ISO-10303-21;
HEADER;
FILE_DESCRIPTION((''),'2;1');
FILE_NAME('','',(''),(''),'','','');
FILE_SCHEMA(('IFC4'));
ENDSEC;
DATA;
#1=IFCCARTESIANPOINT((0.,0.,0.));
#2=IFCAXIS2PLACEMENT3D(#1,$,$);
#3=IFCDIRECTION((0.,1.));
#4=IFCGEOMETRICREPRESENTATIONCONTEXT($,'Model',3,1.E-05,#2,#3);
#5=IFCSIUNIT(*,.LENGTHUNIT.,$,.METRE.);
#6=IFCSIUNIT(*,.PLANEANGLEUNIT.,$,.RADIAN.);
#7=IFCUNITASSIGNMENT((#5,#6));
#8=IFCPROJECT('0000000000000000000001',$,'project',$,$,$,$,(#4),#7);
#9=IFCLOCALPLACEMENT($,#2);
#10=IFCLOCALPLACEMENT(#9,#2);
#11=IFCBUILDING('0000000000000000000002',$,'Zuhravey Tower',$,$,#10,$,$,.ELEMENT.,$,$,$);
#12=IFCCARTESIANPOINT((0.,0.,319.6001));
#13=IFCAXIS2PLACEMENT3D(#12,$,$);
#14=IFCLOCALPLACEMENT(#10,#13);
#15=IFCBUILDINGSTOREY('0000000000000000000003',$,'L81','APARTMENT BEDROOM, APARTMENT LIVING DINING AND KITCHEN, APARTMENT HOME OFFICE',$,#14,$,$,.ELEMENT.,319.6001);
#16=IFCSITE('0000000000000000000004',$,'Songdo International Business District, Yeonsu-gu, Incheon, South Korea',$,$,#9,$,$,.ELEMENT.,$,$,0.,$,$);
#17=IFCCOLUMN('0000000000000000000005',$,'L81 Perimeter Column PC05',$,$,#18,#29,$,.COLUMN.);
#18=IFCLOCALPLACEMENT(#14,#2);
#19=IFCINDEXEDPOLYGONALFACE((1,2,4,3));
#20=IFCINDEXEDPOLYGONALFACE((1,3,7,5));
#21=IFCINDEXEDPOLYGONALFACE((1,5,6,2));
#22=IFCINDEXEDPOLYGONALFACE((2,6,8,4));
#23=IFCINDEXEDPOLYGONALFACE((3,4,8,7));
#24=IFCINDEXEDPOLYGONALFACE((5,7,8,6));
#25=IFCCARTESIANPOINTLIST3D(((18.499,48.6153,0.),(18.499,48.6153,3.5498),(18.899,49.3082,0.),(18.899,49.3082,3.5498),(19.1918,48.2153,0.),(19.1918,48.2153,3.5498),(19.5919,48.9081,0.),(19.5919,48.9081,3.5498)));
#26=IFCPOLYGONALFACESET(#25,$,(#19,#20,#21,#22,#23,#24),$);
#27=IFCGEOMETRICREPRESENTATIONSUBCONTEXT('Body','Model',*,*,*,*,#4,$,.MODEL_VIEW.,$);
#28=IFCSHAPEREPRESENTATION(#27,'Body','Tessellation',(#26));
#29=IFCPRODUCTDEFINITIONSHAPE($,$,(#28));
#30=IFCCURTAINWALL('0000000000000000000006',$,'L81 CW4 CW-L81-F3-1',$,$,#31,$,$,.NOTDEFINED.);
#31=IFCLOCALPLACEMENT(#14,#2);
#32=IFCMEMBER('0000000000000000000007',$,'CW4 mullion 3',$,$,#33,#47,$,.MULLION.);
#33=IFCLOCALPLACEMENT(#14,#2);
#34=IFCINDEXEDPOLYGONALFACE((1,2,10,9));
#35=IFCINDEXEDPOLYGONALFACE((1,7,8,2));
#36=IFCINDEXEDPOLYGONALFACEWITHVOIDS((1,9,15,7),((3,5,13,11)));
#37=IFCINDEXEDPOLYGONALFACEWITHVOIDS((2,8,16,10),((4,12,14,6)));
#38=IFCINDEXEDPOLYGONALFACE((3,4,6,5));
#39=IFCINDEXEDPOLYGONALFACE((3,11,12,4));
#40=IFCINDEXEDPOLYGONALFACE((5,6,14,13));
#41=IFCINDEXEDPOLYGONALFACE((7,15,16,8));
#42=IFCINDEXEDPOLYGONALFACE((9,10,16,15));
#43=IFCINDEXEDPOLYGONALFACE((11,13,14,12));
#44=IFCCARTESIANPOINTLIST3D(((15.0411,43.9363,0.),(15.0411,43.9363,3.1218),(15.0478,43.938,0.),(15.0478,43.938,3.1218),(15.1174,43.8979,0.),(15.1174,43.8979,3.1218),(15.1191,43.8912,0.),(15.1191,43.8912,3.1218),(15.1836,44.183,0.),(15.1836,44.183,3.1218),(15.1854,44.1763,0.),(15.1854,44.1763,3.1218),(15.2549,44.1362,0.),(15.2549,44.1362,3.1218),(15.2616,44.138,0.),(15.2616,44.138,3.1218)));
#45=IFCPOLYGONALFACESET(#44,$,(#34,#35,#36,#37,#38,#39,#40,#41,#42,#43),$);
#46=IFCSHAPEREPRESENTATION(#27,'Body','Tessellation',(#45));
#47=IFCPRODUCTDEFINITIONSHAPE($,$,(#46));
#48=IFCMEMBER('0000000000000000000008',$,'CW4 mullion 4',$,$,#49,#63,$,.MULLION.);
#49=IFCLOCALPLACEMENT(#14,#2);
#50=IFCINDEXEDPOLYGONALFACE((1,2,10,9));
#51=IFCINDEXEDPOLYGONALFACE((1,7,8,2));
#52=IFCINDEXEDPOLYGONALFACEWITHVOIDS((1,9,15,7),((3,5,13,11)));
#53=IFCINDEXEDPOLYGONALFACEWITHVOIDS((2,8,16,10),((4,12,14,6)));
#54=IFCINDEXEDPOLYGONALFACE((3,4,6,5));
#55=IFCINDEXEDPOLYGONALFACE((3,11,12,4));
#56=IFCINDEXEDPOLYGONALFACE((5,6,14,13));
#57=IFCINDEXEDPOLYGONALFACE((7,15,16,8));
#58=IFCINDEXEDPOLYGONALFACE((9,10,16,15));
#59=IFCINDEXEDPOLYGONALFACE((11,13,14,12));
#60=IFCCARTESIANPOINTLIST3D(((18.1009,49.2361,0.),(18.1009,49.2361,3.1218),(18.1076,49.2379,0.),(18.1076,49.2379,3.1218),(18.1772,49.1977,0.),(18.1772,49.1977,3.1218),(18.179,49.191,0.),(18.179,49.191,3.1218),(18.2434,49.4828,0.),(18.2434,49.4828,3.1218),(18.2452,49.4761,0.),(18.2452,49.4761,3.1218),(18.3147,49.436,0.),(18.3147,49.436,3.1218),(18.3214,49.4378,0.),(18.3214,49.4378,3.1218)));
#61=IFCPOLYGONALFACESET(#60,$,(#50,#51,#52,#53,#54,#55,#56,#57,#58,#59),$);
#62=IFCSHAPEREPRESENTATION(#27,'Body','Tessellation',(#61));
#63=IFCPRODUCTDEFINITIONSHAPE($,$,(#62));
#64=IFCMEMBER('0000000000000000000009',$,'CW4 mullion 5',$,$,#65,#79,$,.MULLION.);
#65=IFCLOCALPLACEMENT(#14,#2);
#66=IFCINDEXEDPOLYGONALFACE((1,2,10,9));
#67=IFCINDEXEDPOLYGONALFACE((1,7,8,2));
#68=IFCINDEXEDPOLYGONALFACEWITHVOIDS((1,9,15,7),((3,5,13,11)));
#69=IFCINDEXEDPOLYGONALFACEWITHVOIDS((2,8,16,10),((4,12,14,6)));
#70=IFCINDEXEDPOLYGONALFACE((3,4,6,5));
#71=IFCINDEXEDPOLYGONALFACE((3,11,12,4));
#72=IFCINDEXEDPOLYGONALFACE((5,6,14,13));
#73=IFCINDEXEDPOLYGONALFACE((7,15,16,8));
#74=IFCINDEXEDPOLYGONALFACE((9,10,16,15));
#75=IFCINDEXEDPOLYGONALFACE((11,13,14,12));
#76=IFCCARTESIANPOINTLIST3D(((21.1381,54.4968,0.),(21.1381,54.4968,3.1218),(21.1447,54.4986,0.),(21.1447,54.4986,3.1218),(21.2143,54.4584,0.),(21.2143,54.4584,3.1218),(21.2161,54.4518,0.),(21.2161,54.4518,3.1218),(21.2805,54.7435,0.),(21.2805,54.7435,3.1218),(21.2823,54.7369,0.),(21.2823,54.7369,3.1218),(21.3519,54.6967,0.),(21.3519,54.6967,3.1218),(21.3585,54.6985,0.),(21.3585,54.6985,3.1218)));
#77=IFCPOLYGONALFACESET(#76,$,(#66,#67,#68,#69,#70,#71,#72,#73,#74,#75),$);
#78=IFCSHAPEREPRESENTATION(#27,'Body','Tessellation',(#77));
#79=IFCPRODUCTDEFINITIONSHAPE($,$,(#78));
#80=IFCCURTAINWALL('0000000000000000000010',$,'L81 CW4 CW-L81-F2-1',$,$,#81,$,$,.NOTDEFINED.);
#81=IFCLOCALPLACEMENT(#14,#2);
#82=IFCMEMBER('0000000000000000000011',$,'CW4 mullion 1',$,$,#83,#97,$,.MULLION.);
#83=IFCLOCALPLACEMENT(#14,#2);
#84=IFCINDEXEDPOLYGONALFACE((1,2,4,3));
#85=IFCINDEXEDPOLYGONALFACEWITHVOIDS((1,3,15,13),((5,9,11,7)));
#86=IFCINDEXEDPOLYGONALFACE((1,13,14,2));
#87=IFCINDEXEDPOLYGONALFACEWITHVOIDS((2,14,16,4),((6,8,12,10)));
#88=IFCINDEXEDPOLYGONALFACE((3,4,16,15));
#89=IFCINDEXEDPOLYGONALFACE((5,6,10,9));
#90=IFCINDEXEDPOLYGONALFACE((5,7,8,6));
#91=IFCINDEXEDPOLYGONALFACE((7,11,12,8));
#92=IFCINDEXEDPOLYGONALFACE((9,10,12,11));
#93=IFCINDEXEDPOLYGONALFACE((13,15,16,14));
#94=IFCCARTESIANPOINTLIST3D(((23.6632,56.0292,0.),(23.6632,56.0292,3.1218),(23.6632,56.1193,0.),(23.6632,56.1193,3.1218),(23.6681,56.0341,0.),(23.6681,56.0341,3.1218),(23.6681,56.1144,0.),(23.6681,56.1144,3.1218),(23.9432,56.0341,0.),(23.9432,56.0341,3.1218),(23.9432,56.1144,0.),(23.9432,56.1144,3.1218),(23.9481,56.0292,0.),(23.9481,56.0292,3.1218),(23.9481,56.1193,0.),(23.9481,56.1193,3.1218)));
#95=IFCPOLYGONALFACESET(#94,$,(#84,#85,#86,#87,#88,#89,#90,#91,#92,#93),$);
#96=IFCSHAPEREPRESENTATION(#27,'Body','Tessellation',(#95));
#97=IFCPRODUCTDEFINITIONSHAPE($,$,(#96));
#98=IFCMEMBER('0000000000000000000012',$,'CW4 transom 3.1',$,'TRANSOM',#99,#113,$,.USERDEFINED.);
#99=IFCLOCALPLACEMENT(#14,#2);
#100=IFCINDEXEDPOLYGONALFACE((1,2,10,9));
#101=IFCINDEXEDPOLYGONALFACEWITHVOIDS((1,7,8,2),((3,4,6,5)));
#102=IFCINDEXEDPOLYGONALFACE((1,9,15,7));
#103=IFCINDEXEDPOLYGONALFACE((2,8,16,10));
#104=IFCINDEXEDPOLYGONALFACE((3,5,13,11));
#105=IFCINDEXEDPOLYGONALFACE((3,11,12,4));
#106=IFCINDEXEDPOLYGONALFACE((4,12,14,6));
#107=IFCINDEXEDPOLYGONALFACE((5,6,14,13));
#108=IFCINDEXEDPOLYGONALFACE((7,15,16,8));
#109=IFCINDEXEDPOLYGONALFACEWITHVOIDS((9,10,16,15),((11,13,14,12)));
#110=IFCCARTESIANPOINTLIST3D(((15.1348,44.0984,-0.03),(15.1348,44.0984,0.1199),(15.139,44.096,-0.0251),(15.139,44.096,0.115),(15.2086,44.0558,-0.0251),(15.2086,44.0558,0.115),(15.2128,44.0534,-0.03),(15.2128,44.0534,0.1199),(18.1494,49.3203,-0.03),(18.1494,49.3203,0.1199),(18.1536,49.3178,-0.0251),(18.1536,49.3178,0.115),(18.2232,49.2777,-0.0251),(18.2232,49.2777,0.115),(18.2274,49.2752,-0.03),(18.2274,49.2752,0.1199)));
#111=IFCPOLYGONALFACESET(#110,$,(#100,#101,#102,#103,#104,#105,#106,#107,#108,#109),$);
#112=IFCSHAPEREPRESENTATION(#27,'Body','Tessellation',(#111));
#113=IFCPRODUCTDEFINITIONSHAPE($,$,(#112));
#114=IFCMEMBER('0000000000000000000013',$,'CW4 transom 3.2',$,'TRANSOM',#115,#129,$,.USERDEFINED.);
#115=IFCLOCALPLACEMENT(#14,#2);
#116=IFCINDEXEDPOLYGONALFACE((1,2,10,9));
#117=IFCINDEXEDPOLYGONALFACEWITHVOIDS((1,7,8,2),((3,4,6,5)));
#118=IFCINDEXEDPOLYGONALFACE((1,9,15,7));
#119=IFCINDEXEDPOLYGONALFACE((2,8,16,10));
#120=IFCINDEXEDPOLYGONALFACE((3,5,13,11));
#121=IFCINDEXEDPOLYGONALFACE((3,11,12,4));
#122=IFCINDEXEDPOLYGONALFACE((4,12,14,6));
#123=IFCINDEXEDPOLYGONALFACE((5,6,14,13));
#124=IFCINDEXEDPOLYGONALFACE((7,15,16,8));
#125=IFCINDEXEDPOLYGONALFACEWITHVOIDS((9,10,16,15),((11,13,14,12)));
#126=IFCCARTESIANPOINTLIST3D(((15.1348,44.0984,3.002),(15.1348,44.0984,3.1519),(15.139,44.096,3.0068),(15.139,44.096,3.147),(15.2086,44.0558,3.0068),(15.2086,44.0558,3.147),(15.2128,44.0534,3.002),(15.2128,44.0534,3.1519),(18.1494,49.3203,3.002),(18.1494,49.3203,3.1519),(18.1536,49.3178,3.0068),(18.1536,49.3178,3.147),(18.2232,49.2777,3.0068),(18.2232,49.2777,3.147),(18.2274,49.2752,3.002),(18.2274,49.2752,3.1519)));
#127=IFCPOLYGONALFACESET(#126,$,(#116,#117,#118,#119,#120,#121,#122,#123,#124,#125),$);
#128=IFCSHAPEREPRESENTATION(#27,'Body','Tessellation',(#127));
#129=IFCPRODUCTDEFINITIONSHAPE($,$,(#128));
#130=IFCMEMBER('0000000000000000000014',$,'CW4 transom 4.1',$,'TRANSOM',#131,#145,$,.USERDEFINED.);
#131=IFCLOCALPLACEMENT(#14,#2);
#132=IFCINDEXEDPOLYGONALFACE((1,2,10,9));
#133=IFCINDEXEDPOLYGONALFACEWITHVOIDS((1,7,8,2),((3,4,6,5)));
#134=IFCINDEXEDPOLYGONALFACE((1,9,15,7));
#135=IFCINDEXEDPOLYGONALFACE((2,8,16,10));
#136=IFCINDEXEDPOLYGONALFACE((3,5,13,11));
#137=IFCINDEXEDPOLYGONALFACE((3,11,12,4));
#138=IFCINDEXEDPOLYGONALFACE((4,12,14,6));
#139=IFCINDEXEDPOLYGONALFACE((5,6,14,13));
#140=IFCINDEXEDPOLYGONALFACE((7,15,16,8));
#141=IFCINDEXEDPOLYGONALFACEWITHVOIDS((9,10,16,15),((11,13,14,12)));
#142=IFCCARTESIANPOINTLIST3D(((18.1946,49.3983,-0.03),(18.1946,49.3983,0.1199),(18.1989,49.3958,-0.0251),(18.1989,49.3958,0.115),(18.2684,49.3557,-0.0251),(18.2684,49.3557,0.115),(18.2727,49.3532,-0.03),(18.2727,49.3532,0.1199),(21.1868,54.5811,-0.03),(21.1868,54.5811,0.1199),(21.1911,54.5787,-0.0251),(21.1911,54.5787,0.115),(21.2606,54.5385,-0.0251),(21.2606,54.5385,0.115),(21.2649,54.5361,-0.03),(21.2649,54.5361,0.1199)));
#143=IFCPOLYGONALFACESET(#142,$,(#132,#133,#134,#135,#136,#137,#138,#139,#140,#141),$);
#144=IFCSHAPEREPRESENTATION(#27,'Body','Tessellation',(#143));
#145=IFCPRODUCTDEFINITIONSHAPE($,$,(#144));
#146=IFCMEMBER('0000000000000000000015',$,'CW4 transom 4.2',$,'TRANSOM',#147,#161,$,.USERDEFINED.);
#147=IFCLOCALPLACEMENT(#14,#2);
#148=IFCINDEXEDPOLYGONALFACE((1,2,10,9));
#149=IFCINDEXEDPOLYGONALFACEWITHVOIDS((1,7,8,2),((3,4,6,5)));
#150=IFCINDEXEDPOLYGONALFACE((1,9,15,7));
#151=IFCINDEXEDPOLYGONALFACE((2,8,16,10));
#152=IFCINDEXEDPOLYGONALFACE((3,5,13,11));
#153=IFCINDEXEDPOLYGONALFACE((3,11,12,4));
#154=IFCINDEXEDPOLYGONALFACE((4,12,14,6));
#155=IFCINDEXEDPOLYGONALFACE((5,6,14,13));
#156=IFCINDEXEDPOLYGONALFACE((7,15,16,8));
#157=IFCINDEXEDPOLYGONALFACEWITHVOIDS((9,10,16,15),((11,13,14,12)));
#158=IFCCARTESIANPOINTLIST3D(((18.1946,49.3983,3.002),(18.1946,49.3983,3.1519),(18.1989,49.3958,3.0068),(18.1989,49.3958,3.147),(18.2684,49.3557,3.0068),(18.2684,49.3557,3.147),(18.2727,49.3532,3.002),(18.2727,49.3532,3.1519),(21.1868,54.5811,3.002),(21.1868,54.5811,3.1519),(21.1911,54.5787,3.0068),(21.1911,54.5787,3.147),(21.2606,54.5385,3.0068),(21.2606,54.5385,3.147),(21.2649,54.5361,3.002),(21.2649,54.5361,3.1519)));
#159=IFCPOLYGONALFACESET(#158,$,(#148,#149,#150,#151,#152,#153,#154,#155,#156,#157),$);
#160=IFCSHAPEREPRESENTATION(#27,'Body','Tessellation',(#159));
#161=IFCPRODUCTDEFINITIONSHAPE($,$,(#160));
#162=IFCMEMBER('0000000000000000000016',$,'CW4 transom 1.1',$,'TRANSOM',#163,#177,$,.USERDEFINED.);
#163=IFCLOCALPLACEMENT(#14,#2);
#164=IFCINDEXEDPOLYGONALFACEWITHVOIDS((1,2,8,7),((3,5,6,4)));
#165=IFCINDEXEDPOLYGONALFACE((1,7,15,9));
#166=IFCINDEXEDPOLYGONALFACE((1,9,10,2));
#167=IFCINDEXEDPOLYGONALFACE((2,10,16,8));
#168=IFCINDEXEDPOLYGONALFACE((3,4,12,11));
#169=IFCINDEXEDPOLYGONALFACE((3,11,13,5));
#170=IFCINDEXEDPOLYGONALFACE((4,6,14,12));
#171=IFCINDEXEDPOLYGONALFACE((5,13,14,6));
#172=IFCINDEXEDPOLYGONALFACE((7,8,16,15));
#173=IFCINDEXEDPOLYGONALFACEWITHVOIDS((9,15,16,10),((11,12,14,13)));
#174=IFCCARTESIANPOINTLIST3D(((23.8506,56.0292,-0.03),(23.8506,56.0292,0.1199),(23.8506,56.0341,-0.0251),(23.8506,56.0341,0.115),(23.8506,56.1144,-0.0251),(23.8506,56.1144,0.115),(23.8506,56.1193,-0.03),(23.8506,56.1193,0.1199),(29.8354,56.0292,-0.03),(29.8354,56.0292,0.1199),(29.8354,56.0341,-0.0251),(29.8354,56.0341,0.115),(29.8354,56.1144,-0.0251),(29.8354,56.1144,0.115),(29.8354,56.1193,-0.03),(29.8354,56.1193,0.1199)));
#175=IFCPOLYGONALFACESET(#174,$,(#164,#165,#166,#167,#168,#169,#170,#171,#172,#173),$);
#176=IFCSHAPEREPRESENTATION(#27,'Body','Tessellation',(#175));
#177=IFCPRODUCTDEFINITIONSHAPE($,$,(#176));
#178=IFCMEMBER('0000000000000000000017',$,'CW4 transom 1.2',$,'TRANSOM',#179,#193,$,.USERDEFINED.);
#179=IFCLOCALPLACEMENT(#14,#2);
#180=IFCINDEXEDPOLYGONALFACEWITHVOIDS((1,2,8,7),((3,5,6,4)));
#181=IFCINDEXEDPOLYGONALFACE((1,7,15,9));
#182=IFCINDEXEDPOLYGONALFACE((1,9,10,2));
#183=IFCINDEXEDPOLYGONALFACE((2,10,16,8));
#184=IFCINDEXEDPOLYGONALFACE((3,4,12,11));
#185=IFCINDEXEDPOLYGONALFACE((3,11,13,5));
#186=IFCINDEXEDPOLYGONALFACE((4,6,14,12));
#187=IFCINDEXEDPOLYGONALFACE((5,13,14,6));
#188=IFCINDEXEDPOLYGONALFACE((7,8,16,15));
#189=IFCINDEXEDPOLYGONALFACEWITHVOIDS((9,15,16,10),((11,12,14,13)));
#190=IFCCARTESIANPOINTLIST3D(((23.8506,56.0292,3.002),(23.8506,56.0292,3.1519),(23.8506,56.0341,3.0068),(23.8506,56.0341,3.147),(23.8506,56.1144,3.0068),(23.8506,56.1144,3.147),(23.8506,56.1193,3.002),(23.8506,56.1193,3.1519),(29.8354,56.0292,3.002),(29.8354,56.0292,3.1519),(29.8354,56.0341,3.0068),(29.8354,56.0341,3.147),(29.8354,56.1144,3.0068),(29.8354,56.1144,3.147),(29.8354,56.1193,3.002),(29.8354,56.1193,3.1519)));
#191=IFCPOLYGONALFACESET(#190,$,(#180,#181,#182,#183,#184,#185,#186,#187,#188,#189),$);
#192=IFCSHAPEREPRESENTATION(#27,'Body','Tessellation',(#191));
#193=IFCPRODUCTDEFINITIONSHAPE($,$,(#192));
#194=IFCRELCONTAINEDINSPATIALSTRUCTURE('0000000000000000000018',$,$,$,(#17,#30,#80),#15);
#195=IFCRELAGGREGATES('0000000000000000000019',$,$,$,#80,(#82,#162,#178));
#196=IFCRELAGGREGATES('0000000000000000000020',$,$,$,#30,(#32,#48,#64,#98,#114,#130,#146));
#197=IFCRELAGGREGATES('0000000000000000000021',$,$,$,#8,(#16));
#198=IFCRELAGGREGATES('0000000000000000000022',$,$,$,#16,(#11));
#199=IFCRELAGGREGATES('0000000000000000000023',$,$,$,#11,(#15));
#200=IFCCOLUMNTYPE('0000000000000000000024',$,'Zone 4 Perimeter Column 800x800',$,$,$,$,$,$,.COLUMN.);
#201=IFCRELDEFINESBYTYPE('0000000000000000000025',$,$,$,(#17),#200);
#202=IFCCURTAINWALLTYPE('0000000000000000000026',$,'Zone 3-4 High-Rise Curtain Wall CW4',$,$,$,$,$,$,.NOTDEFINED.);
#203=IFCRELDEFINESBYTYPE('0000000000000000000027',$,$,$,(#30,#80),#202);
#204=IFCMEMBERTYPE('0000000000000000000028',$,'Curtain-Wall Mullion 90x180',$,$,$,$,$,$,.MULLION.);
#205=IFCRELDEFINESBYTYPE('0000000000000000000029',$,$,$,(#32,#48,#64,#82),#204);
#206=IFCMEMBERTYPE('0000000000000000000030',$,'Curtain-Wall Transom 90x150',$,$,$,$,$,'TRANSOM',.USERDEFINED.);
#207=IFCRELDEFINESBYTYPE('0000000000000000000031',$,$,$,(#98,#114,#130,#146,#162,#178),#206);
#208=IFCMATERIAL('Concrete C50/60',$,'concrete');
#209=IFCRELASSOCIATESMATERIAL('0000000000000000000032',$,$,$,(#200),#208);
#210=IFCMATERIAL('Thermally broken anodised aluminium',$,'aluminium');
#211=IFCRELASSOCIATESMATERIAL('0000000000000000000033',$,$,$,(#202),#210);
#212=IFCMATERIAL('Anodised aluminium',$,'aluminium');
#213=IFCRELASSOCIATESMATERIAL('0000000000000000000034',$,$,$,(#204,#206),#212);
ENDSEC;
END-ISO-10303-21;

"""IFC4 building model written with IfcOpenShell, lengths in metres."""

from ifc_helpers import new_model, si_unit, direction, frame, origin, origin_2d, place, context, subcontext, project, spatial, rectangle, hollow_rectangle, extrude, material, material_profile, profile_set, type_object, element, aggregate, save


model = new_model("IFC4")

# Units and contexts
model_context = context("Model", 3, precision=1e-05, world=origin(), true_north=direction((0.0, 1.0)))
body_context = subcontext(model_context, "Body", "Model", "MODEL_VIEW")
ifc_project = project(units=[si_unit("LENGTHUNIT", "METRE"), si_unit("PLANEANGLEUNIT", "RADIAN")], contexts=[model_context])

# Site, building, storey
site_placement = place(None, origin())
site = spatial("IfcSite", under=ifc_project, at=site_placement, Name="Songdo International Business District, Yeonsu-gu, Incheon, South Korea", CompositionType="ELEMENT", RefElevation=0.0)
building_placement = place(site_placement, origin())
building = spatial("IfcBuilding", under=site, at=building_placement, Name="Zuhravey Tower", CompositionType="ELEMENT")
storey_placement = place(building_placement, frame((0.0, 0.0, 319.6001)))
storey = spatial("IfcBuildingStorey", under=building, at=storey_placement, Name="L81", Description="APARTMENT BEDROOM, APARTMENT LIVING DINING AND KITCHEN, APARTMENT HOME OFFICE", CompositionType="ELEMENT", Elevation=319.6001)

# Column
ifc_material_1 = material(Name="Concrete C50/60", Category="concrete")
ifc_material_profile_1 = material_profile(ifc_material_1, rectangle(XDim=0.8, YDim=0.8, at=origin_2d()), Name="RC-800x800")
ifc_profile_set_1 = profile_set([ifc_material_profile_1], Name="Concrete C50/60")
column_type = type_object("IfcColumnType", Name="Zone 4 Perimeter Column 800x800", PredefinedType="COLUMN", material=ifc_profile_set_1)
column_placement = place(storey_placement, frame((19.0454, 48.7617, 0.0), z_axis=(0.0, 0.0, 1.0), x_axis=(-0.5, -0.866025, 0.0)))
element("IfcColumn", 1, at=column_placement, inside=storey, type_object=column_type, Name="L81 Perimeter Column PC05", PredefinedType="COLUMN", context=body_context, shape_type="SweptSolid", body=[
    extrude(rectangle(XDim=0.8, YDim=0.8, at=origin_2d()), origin(), (0.0, 0.0, 1.0), 3.5498),
])

# Curtain wall, members
ifc_material_2 = material(Name="Thermally broken anodised aluminium", Category="aluminium")
curtain_wall_type = type_object("IfcCurtainWallType", Name="Zone 3-4 High-Rise Curtain Wall CW4", PredefinedType="NOTDEFINED", material=ifc_material_2)
curtain_wall_1_placement = place(storey_placement, origin())
curtain_wall_1 = element("IfcCurtainWall", 2, at=curtain_wall_1_placement, inside=storey, type_object=curtain_wall_type, Name="L81 CW4 CW-L81-F3-1", PredefinedType="NOTDEFINED")
ifc_material_3 = material(Name="Anodised aluminium", Category="aluminium")
ifc_material_profile_2 = material_profile(ifc_material_3, hollow_rectangle(XDim=0.0901, YDim=0.2849, WallThickness=0.0049, at=origin_2d()), Name="ALU-RHS-90x285x5")
ifc_profile_set_2 = profile_set([ifc_material_profile_2], Name="Anodised aluminium")
member_type_1 = type_object("IfcMemberType", Name="Curtain-Wall Mullion 90x180", PredefinedType="MULLION", material=ifc_profile_set_2)
member_1_placement = place(storey_placement, frame((15.1514, 44.0371, 0.0), z_axis=(0.0, 0.0, 1.0), x_axis=(-0.866026, 0.5, 0.0)))
member_1 = element("IfcMember", 3, at=member_1_placement, type_object=member_type_1, Name="CW4 mullion 3", PredefinedType="MULLION", context=body_context, shape_type="SweptSolid", body=[
    extrude(hollow_rectangle(XDim=0.0901, YDim=0.2849, WallThickness=0.0049, at=origin_2d()), origin(), (0.0, 0.0, 1.0), 3.1218),
])
member_2_placement = place(storey_placement, frame((18.2112, 49.3369, 0.0), z_axis=(0.0, 0.0, 1.0), x_axis=(-0.866026, 0.5, 0.0)))
member_2 = element("IfcMember", 4, at=member_2_placement, type_object=member_type_1, Name="CW4 mullion 4", PredefinedType="MULLION", context=body_context, shape_type="SweptSolid", body=[
    extrude(hollow_rectangle(XDim=0.0901, YDim=0.2849, WallThickness=0.0049, at=origin_2d()), origin(), (0.0, 0.0, 1.0), 3.1218),
])
member_3_placement = place(storey_placement, frame((21.2483, 54.5977, 0.0), z_axis=(0.0, 0.0, 1.0), x_axis=(-0.866026, 0.5, 0.0)))
member_3 = element("IfcMember", 5, at=member_3_placement, type_object=member_type_1, Name="CW4 mullion 5", PredefinedType="MULLION", context=body_context, shape_type="SweptSolid", body=[
    extrude(hollow_rectangle(XDim=0.0901, YDim=0.2849, WallThickness=0.0049, at=origin_2d()), origin(), (0.0, 0.0, 1.0), 3.1218),
])

# Curtain wall, member
curtain_wall_2_placement = place(storey_placement, origin())
curtain_wall_2 = element("IfcCurtainWall", 6, at=curtain_wall_2_placement, inside=storey, type_object=curtain_wall_type, Name="L81 CW4 CW-L81-F2-1", PredefinedType="NOTDEFINED")
member_4_placement = place(storey_placement, frame((23.8057, 56.0742, 0.0), z_axis=(0.0, 0.0, 1.0), x_axis=(0.0, 1.0, 0.0)))
member_4 = element("IfcMember", 7, at=member_4_placement, type_object=member_type_1, Name="CW4 mullion 1", PredefinedType="MULLION", context=body_context, shape_type="SweptSolid", body=[
    extrude(hollow_rectangle(XDim=0.0901, YDim=0.2849, WallThickness=0.0049, at=origin_2d()), origin(), (0.0, 0.0, 1.0), 3.1218),
])

# Members
ifc_material_profile_3 = material_profile(ifc_material_3, hollow_rectangle(XDim=0.0901, YDim=0.1499, WallThickness=0.0049, at=origin_2d()), Name="ALU-RHS-90x150x5")
ifc_profile_set_3 = profile_set([ifc_material_profile_3], Name="Anodised aluminium")
member_type_2 = type_object("IfcMemberType", Name="Curtain-Wall Transom 90x150", ElementType="TRANSOM", PredefinedType="USERDEFINED", material=ifc_profile_set_3)
member_5_placement = place(storey_placement, frame((15.1738, 44.0759, 0.0449), z_axis=(0.499971, 0.866042, 0.0), x_axis=(-0.866042, 0.499971, 0.0)))
member_5 = element("IfcMember", 8, at=member_5_placement, type_object=member_type_2, Name="CW4 transom 3.1", ObjectType="TRANSOM", PredefinedType="USERDEFINED", context=body_context, shape_type="SweptSolid", body=[
    extrude(hollow_rectangle(XDim=0.0901, YDim=0.1499, WallThickness=0.0049, at=origin_2d()), origin(), (0.0, 0.0, 1.0), 6.0295),
])
member_6_placement = place(storey_placement, frame((15.1738, 44.0759, 3.0769), z_axis=(0.499971, 0.866042, 0.0), x_axis=(-0.866042, 0.499971, 0.0)))
member_6 = element("IfcMember", 9, at=member_6_placement, type_object=member_type_2, Name="CW4 transom 3.2", ObjectType="TRANSOM", PredefinedType="USERDEFINED", context=body_context, shape_type="SweptSolid", body=[
    extrude(hollow_rectangle(XDim=0.0901, YDim=0.1499, WallThickness=0.0049, at=origin_2d()), origin(), (0.0, 0.0, 1.0), 6.0295),
])
member_7_placement = place(storey_placement, frame((18.2336, 49.3757, 0.0449), z_axis=(0.499983, 0.866035, 0.0), x_axis=(-0.866035, 0.499983, 0.0)))
member_7 = element("IfcMember", 10, at=member_7_placement, type_object=member_type_2, Name="CW4 transom 4.1", ObjectType="TRANSOM", PredefinedType="USERDEFINED", context=body_context, shape_type="SweptSolid", body=[
    extrude(hollow_rectangle(XDim=0.0901, YDim=0.1499, WallThickness=0.0049, at=origin_2d()), origin(), (0.0, 0.0, 1.0), 5.9846),
])
member_8_placement = place(storey_placement, frame((18.2336, 49.3757, 3.0769), z_axis=(0.499983, 0.866035, 0.0), x_axis=(-0.866035, 0.499983, 0.0)))
member_8 = element("IfcMember", 11, at=member_8_placement, type_object=member_type_2, Name="CW4 transom 4.2", ObjectType="TRANSOM", PredefinedType="USERDEFINED", context=body_context, shape_type="SweptSolid", body=[
    extrude(hollow_rectangle(XDim=0.0901, YDim=0.1499, WallThickness=0.0049, at=origin_2d()), origin(), (0.0, 0.0, 1.0), 5.9846),
])
member_9_placement = place(storey_placement, frame((23.8506, 56.0742, 0.0449), z_axis=(1.0, 0.0, 0.0), x_axis=(0.0, 1.0, 0.0)))
member_9 = element("IfcMember", 12, at=member_9_placement, type_object=member_type_2, Name="CW4 transom 1.1", ObjectType="TRANSOM", PredefinedType="USERDEFINED", context=body_context, shape_type="SweptSolid", body=[
    extrude(hollow_rectangle(XDim=0.0901, YDim=0.1499, WallThickness=0.0049, at=origin_2d()), origin(), (0.0, 0.0, 1.0), 5.9849),
])
member_10_placement = place(storey_placement, frame((23.8506, 56.0742, 3.0769), z_axis=(1.0, 0.0, 0.0), x_axis=(0.0, 1.0, 0.0)))
member_10 = element("IfcMember", 13, at=member_10_placement, type_object=member_type_2, Name="CW4 transom 1.2", ObjectType="TRANSOM", PredefinedType="USERDEFINED", context=body_context, shape_type="SweptSolid", body=[
    extrude(hollow_rectangle(XDim=0.0901, YDim=0.1499, WallThickness=0.0049, at=origin_2d()), origin(), (0.0, 0.0, 1.0), 5.9849),
])
aggregate(curtain_wall_2, [member_4, member_9, member_10])

aggregate(curtain_wall_1, [member_1, member_2, member_3, member_5, member_6, member_7, member_8])

save(model, "model.ifc")
